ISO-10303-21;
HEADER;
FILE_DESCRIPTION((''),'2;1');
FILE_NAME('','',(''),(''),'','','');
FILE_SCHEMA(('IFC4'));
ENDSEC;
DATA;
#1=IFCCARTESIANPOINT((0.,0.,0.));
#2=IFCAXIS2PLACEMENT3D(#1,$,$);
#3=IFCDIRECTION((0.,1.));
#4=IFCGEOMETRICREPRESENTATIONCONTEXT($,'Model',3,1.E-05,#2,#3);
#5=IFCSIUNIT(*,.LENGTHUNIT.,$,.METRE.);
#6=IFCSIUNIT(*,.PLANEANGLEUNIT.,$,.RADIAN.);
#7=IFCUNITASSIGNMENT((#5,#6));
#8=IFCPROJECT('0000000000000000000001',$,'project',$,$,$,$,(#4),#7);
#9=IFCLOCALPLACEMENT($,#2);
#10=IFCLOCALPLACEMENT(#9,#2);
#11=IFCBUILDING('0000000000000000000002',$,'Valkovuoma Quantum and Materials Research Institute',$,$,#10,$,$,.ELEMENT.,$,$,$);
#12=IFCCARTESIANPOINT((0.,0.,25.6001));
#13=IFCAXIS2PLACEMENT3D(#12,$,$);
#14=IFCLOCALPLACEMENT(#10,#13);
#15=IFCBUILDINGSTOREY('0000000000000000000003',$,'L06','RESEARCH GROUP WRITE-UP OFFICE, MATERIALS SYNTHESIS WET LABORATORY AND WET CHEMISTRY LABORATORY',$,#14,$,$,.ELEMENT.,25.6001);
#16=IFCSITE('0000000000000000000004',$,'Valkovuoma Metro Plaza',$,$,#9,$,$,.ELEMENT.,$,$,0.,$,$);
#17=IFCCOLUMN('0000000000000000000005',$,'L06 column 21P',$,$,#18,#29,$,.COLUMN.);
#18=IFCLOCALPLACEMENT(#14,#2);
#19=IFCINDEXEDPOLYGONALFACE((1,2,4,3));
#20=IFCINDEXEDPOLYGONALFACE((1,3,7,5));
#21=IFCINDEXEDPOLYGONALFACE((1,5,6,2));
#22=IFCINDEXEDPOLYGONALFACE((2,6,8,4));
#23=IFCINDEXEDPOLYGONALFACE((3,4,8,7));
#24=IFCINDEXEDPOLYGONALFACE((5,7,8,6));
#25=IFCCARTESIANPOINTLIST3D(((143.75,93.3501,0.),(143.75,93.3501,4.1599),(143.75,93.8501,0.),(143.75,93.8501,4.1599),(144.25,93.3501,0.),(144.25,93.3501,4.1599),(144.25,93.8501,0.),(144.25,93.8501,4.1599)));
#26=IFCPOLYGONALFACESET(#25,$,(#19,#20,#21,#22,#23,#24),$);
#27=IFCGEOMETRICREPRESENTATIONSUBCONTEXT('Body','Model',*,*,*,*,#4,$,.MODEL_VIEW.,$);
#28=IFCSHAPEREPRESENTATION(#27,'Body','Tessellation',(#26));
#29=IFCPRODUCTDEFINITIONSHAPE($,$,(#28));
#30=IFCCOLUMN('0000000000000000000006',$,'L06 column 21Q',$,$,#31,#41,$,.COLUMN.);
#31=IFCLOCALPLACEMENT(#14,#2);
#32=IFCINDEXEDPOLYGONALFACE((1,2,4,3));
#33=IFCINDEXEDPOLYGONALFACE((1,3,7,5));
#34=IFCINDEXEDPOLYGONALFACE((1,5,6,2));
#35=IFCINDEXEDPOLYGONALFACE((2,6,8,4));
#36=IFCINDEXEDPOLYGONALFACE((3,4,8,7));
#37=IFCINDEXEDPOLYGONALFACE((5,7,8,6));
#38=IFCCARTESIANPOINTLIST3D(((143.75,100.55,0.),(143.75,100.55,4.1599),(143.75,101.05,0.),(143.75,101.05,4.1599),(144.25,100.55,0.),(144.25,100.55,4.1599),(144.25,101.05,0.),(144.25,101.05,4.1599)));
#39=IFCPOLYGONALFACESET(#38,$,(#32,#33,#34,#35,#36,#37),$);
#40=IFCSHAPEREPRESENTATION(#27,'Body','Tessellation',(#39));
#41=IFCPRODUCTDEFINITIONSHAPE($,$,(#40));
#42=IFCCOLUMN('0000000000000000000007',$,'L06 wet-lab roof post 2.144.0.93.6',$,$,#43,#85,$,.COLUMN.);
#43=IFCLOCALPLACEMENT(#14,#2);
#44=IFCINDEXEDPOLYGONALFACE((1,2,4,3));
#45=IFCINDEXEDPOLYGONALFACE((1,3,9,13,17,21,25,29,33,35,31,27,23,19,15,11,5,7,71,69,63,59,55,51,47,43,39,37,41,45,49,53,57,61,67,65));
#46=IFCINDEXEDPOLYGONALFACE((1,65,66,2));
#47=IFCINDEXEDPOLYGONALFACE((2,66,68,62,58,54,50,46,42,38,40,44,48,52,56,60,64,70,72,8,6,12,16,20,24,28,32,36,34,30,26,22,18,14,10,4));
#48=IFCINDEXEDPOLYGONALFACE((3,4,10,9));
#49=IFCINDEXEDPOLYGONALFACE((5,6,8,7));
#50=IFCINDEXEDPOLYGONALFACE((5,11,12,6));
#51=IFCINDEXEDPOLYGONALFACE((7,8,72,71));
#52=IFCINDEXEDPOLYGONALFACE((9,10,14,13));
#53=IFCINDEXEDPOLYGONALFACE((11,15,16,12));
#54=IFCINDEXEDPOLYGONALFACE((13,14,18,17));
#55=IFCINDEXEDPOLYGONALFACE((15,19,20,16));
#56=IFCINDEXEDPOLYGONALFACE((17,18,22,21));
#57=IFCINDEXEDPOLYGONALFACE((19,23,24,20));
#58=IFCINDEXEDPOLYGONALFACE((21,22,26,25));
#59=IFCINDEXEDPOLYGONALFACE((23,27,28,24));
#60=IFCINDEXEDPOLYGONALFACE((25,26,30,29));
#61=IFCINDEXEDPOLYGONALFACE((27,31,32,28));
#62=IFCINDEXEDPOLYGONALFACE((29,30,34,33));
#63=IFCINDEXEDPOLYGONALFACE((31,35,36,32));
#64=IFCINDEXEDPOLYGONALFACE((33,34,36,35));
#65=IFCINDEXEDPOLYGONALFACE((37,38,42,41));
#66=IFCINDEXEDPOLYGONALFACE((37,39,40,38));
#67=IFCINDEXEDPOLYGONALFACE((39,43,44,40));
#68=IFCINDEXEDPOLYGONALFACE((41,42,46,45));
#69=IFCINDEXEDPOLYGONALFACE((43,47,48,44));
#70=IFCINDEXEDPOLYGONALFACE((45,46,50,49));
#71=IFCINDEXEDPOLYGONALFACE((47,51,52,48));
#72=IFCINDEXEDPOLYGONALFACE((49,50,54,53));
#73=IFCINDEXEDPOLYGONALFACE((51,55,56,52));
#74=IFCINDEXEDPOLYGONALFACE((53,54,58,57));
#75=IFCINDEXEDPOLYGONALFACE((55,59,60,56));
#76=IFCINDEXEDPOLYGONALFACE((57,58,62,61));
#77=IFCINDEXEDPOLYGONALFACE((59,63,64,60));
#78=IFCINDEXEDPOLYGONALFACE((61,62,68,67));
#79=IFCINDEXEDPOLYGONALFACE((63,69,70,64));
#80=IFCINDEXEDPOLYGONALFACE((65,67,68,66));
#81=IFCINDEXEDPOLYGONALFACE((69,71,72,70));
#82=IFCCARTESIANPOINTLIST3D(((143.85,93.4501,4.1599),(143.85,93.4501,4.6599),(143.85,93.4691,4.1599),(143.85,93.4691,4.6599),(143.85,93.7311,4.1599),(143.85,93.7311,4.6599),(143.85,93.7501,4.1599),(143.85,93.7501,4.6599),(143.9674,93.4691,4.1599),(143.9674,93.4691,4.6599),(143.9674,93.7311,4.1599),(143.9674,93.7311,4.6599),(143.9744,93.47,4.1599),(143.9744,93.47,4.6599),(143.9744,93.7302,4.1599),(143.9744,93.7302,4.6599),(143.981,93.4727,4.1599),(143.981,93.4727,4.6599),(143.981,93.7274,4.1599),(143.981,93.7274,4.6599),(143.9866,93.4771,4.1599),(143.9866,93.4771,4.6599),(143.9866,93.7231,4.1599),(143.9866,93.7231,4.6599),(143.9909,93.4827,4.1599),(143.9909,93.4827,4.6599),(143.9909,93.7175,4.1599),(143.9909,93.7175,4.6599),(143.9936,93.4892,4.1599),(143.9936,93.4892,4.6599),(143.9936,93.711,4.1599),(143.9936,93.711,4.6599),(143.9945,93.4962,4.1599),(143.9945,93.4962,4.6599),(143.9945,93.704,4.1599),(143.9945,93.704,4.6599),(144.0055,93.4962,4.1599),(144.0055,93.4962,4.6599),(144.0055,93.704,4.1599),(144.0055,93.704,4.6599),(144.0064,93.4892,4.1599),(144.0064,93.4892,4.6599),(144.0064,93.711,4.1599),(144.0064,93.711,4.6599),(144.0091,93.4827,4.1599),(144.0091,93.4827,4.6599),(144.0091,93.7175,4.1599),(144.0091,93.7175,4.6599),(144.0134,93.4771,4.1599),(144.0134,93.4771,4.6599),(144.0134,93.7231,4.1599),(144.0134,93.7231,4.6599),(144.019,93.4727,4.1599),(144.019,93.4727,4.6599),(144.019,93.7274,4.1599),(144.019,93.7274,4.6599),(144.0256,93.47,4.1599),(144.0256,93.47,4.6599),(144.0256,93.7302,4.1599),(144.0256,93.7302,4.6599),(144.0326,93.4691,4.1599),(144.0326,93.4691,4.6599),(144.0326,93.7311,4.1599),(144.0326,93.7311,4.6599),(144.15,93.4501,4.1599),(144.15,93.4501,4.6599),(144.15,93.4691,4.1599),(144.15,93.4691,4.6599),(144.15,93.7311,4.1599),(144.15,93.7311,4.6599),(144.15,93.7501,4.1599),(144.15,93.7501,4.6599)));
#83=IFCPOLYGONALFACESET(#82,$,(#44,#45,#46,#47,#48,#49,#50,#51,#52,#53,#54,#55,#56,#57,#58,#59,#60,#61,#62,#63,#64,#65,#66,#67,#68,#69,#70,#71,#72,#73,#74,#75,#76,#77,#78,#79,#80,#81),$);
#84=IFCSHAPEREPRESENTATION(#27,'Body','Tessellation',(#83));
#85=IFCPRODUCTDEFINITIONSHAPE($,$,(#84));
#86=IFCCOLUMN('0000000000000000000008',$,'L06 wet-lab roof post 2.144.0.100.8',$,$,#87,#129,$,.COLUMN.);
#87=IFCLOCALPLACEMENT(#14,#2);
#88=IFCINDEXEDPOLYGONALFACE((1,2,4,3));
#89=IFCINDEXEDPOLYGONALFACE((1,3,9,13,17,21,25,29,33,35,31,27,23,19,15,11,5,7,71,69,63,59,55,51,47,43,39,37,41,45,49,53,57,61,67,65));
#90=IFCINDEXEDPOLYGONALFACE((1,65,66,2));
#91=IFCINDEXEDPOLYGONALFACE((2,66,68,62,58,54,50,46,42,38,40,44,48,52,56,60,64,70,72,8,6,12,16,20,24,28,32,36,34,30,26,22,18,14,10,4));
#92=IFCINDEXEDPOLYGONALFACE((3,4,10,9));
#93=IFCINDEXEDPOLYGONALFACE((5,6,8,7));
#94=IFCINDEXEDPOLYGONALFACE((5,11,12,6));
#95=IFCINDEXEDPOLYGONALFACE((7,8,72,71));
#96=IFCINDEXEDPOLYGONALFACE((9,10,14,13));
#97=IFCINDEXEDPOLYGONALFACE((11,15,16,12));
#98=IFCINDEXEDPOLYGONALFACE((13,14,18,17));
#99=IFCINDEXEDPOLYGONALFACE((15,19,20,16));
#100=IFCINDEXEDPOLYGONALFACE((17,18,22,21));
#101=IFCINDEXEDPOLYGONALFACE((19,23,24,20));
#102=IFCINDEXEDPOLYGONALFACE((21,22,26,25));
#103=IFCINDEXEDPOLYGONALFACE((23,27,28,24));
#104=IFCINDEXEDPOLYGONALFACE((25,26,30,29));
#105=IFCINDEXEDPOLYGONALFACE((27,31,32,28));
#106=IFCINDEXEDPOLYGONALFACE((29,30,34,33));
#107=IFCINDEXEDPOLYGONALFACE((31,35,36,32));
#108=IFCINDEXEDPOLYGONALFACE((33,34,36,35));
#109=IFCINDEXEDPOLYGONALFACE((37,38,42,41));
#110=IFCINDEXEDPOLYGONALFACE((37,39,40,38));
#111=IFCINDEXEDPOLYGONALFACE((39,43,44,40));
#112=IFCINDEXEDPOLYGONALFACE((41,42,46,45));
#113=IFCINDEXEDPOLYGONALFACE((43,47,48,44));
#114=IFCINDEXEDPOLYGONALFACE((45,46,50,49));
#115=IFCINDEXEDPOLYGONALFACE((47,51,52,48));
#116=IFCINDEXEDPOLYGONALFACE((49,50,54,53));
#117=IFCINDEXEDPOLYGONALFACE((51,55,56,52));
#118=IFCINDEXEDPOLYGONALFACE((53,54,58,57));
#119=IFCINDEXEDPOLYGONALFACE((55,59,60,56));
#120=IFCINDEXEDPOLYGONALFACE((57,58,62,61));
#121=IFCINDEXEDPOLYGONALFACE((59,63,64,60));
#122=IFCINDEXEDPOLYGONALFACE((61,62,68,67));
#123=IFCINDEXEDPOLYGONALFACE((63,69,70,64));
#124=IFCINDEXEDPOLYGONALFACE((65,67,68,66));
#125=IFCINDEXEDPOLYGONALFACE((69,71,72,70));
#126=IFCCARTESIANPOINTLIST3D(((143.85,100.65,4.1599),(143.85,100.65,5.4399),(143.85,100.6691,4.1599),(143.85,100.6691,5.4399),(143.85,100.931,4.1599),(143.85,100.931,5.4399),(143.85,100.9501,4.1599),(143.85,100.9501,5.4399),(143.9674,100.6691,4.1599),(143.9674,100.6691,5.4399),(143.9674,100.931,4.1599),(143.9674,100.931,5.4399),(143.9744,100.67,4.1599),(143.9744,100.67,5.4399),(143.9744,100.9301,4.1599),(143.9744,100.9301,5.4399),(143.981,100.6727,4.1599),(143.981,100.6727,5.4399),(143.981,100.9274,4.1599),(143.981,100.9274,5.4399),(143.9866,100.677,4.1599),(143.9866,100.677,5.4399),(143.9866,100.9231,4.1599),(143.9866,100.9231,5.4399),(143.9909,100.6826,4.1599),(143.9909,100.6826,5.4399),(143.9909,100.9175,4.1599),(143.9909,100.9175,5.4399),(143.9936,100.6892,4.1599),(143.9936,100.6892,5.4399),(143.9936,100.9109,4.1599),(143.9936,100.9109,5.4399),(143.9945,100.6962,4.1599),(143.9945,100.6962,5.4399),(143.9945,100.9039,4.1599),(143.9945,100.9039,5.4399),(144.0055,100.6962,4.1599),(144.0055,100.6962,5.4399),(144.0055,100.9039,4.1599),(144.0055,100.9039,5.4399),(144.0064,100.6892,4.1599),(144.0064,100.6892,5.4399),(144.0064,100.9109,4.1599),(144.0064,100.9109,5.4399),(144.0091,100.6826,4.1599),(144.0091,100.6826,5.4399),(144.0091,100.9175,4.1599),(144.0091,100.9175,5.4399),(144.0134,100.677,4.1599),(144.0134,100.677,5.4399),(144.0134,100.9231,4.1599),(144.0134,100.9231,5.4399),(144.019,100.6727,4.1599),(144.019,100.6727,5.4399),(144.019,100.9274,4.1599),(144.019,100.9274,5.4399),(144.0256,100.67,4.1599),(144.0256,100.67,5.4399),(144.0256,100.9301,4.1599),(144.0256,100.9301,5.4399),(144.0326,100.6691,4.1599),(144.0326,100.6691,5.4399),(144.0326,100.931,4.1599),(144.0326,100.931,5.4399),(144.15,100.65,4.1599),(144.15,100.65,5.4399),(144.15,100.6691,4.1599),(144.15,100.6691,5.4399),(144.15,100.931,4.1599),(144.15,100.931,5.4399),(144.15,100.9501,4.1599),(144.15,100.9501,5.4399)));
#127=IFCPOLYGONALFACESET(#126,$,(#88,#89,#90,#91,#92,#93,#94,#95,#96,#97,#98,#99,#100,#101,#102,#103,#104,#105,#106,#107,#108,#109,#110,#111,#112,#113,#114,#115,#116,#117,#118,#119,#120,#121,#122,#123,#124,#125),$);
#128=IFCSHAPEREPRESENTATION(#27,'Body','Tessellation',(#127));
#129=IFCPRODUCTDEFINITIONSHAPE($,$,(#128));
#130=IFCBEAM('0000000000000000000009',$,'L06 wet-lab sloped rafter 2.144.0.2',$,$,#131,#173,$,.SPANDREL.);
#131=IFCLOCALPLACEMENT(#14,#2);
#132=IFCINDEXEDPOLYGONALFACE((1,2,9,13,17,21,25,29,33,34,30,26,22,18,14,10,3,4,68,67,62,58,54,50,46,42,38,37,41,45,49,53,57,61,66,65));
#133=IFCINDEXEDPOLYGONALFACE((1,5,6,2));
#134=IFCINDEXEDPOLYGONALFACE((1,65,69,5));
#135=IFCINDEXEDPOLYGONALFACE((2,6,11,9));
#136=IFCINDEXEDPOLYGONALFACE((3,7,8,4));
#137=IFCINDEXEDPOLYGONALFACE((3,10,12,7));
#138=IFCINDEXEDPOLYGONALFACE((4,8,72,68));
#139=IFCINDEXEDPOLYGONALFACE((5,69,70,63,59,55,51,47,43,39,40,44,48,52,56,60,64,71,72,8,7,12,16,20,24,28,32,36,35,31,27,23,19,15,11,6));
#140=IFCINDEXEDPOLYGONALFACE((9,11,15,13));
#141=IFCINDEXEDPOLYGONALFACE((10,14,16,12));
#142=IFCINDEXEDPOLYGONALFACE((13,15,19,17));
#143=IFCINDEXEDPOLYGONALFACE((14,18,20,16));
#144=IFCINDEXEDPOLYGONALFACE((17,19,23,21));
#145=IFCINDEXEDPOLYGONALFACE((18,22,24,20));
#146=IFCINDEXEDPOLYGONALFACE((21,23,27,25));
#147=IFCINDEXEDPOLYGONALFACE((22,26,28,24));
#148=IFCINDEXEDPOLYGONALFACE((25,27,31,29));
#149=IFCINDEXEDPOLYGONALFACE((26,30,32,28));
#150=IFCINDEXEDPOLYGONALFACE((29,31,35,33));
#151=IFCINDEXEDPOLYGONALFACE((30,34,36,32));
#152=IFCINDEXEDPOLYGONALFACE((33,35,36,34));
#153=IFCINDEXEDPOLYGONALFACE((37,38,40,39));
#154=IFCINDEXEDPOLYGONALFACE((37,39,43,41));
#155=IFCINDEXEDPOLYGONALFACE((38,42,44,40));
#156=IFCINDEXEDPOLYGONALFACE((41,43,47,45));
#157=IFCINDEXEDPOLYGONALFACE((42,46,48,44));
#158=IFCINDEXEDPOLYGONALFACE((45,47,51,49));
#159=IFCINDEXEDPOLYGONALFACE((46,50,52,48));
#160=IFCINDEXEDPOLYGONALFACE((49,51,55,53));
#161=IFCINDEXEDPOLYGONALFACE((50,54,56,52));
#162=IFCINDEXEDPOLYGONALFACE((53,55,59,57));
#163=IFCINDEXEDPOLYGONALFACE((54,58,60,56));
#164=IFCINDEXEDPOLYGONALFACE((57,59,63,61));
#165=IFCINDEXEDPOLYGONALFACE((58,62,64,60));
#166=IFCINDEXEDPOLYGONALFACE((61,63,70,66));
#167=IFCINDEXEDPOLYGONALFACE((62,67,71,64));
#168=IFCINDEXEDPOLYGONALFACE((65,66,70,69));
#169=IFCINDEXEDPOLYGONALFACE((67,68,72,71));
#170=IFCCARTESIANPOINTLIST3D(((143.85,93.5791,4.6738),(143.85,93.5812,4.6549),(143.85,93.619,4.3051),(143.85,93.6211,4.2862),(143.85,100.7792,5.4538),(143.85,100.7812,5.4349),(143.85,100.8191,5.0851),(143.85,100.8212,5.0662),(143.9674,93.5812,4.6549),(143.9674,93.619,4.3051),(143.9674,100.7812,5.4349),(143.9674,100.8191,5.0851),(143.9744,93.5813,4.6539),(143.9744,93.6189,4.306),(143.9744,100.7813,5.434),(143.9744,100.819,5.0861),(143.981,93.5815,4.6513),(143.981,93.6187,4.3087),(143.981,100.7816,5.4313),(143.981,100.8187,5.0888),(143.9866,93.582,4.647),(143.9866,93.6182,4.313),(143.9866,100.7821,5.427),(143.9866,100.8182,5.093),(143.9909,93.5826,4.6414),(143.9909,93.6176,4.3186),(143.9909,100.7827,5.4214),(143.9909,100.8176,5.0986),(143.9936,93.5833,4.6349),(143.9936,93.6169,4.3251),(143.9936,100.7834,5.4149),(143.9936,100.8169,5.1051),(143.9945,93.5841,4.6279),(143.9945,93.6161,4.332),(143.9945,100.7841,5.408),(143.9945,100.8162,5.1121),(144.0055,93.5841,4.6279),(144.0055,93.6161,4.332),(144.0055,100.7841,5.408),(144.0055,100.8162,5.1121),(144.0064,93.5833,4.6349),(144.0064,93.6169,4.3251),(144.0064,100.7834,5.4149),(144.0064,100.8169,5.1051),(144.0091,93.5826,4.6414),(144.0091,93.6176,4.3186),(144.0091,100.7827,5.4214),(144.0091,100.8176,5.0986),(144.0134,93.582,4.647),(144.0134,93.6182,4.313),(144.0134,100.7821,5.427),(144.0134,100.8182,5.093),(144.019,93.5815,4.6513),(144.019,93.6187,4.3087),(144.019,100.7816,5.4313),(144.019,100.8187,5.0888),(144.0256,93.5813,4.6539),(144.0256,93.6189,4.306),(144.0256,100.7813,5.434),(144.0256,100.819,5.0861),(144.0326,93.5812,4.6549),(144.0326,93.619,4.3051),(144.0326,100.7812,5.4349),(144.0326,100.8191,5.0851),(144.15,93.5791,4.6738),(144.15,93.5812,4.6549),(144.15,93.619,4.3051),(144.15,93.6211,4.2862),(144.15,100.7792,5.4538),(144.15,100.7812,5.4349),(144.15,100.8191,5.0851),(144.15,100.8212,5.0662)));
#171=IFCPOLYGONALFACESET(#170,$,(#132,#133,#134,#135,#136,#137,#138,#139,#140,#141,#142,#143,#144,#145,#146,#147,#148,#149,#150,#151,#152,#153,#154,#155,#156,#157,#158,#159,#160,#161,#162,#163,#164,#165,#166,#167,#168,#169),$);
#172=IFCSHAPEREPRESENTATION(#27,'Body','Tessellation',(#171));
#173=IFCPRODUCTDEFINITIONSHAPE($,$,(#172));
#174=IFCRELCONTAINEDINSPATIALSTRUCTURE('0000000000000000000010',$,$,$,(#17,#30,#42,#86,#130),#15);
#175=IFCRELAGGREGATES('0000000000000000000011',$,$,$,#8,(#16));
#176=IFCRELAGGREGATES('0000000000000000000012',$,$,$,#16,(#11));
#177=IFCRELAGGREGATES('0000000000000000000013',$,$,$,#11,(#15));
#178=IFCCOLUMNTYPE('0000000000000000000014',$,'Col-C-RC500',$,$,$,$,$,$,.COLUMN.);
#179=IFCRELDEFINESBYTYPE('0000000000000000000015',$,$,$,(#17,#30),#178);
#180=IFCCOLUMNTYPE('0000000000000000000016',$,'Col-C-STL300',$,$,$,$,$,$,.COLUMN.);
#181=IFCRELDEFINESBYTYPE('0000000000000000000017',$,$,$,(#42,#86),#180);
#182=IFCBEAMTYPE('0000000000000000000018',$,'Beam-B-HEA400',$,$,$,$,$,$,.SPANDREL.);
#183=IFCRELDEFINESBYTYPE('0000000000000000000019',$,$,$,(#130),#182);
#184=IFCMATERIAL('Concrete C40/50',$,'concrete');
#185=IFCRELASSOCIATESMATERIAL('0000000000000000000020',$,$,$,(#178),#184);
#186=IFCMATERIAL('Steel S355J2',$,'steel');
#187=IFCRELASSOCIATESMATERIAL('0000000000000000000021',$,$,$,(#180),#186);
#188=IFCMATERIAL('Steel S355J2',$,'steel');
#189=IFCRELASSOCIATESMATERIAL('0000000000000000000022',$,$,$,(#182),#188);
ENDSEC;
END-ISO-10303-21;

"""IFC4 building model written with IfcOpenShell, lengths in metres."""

from ifc_helpers import new_model, si_unit, direction, frame, origin, origin_2d, place, context, subcontext, project, spatial, rectangle, i_section, extrude, material, material_profile, profile_set, type_object, element, save


model = new_model("IFC4")

# Units and contexts
model_context = context("Model", 3, precision=1e-05, world=origin(), true_north=direction((0.0, 1.0)))
body_context = subcontext(model_context, "Body", "Model", "MODEL_VIEW")
ifc_project = project(units=[si_unit("LENGTHUNIT", "METRE"), si_unit("PLANEANGLEUNIT", "RADIAN")], contexts=[model_context])

# Site, building, storey
site_placement = place(None, origin())
site = spatial("IfcSite", under=ifc_project, at=site_placement, Name="Valkovuoma Metro Plaza", CompositionType="ELEMENT", RefElevation=0.0)
building_placement = place(site_placement, origin())
building = spatial("IfcBuilding", under=site, at=building_placement, Name="Valkovuoma Quantum and Materials Research Institute", CompositionType="ELEMENT")
storey_placement = place(building_placement, frame((0.0, 0.0, 25.6001)))
storey = spatial("IfcBuildingStorey", under=building, at=storey_placement, Name="L06", Description="RESEARCH GROUP WRITE-UP OFFICE, MATERIALS SYNTHESIS WET LABORATORY AND WET CHEMISTRY LABORATORY", CompositionType="ELEMENT", Elevation=25.6001)

# Columns
ifc_material_1 = material(Name="Concrete C40/50", Category="concrete")
ifc_material_profile_1 = material_profile(ifc_material_1, rectangle(XDim=0.5, YDim=0.5, at=origin_2d()), Name="Concrete C40/50")
ifc_profile_set_1 = profile_set([ifc_material_profile_1], Name="Concrete C40/50")
column_type_1 = type_object("IfcColumnType", Name="Col-C-RC500", PredefinedType="COLUMN", material=ifc_profile_set_1)
for number, where, z_axis, x_axis, name in (
    (1, (144.0, 93.6001, 0.0), (0.0, 0.0, 1.0), (1.0, 0.0, 0.0), "L06 column 21P"),
    (2, (144.0, 100.8, 0.0), (0.0, 0.0, 1.0), (1.0, 0.0, 0.0), "L06 column 21Q"),
):
    element("IfcColumn", number, at=place(storey_placement, frame(where, z_axis=z_axis, x_axis=x_axis)), inside=storey, type_object=column_type_1, Name=name, PredefinedType="COLUMN", context=body_context, shape_type="SweptSolid", body=[
        extrude(rectangle(XDim=0.5, YDim=0.5, at=origin_2d()), origin(), (0.0, 0.0, 1.0), 4.1599),
    ])
ifc_material_2 = material(Name="Steel S355J2", Category="steel")
ifc_material_profile_2 = material_profile(ifc_material_2, i_section(OverallWidth=0.3, OverallDepth=0.3, WebThickness=0.011, FlangeThickness=0.019, FilletRadius=0.0271, at=origin_2d()), Name="Steel S355J2")
ifc_profile_set_2 = profile_set([ifc_material_profile_2], Name="Steel S355J2")
column_type_2 = type_object("IfcColumnType", Name="Col-C-STL300", PredefinedType="COLUMN", material=ifc_profile_set_2)
column_1_placement = place(storey_placement, frame((144.0, 93.6001, 4.1599), z_axis=(0.0, 0.0, 1.0), x_axis=(1.0, 0.0, 0.0)))
element("IfcColumn", 3, at=column_1_placement, inside=storey, type_object=column_type_2, Name="L06 wet-lab roof post 2.144.0.93.6", PredefinedType="COLUMN", context=body_context, shape_type="SweptSolid", body=[
    extrude(i_section(OverallWidth=0.3, OverallDepth=0.3, WebThickness=0.011, FlangeThickness=0.019, FilletRadius=0.0271, at=origin_2d()), origin(), (0.0, 0.0, 1.0), 0.5),
])
column_2_placement = place(storey_placement, frame((144.0, 100.8, 4.1599), z_axis=(0.0, 0.0, 1.0), x_axis=(1.0, 0.0, 0.0)))
element("IfcColumn", 4, at=column_2_placement, inside=storey, type_object=column_type_2, Name="L06 wet-lab roof post 2.144.0.100.8", PredefinedType="COLUMN", context=body_context, shape_type="SweptSolid", body=[
    extrude(i_section(OverallWidth=0.3, OverallDepth=0.3, WebThickness=0.011, FlangeThickness=0.019, FilletRadius=0.0271, at=origin_2d()), origin(), (0.0, 0.0, 1.0), 1.28),
])

# Beam
ifc_material_3 = material(Name="Steel S355J2", Category="steel")
ifc_material_profile_3 = material_profile(ifc_material_3, i_section(OverallWidth=0.3, OverallDepth=0.3899, WebThickness=0.011, FlangeThickness=0.019, FilletRadius=0.0271, at=origin_2d()), Name="Steel S355J2")
ifc_profile_set_3 = profile_set([ifc_material_profile_3], Name="Steel S355J2")
beam_type_1 = type_object("IfcBeamType", Name="Beam-B-HEA400", PredefinedType="SPANDREL", material=ifc_profile_set_3)
beam_1_placement = place(storey_placement, frame((144.0, 93.6001, 4.48), z_axis=(0.0, 0.994183, 0.107708), x_axis=(-1.0, 0.0, 0.0)))
element("IfcBeam", 5, at=beam_1_placement, inside=storey, type_object=beam_type_1, Name="L06 wet-lab sloped rafter 2.144.0.2", PredefinedType="SPANDREL", context=body_context, shape_type="SweptSolid", body=[
    extrude(i_section(OverallWidth=0.3, OverallDepth=0.3899, WebThickness=0.011, FlangeThickness=0.019, FilletRadius=0.0271, at=origin_2d()), origin(), (0.0, 0.0, 1.0), 7.2422),
])

save(model, "model.ifc")
